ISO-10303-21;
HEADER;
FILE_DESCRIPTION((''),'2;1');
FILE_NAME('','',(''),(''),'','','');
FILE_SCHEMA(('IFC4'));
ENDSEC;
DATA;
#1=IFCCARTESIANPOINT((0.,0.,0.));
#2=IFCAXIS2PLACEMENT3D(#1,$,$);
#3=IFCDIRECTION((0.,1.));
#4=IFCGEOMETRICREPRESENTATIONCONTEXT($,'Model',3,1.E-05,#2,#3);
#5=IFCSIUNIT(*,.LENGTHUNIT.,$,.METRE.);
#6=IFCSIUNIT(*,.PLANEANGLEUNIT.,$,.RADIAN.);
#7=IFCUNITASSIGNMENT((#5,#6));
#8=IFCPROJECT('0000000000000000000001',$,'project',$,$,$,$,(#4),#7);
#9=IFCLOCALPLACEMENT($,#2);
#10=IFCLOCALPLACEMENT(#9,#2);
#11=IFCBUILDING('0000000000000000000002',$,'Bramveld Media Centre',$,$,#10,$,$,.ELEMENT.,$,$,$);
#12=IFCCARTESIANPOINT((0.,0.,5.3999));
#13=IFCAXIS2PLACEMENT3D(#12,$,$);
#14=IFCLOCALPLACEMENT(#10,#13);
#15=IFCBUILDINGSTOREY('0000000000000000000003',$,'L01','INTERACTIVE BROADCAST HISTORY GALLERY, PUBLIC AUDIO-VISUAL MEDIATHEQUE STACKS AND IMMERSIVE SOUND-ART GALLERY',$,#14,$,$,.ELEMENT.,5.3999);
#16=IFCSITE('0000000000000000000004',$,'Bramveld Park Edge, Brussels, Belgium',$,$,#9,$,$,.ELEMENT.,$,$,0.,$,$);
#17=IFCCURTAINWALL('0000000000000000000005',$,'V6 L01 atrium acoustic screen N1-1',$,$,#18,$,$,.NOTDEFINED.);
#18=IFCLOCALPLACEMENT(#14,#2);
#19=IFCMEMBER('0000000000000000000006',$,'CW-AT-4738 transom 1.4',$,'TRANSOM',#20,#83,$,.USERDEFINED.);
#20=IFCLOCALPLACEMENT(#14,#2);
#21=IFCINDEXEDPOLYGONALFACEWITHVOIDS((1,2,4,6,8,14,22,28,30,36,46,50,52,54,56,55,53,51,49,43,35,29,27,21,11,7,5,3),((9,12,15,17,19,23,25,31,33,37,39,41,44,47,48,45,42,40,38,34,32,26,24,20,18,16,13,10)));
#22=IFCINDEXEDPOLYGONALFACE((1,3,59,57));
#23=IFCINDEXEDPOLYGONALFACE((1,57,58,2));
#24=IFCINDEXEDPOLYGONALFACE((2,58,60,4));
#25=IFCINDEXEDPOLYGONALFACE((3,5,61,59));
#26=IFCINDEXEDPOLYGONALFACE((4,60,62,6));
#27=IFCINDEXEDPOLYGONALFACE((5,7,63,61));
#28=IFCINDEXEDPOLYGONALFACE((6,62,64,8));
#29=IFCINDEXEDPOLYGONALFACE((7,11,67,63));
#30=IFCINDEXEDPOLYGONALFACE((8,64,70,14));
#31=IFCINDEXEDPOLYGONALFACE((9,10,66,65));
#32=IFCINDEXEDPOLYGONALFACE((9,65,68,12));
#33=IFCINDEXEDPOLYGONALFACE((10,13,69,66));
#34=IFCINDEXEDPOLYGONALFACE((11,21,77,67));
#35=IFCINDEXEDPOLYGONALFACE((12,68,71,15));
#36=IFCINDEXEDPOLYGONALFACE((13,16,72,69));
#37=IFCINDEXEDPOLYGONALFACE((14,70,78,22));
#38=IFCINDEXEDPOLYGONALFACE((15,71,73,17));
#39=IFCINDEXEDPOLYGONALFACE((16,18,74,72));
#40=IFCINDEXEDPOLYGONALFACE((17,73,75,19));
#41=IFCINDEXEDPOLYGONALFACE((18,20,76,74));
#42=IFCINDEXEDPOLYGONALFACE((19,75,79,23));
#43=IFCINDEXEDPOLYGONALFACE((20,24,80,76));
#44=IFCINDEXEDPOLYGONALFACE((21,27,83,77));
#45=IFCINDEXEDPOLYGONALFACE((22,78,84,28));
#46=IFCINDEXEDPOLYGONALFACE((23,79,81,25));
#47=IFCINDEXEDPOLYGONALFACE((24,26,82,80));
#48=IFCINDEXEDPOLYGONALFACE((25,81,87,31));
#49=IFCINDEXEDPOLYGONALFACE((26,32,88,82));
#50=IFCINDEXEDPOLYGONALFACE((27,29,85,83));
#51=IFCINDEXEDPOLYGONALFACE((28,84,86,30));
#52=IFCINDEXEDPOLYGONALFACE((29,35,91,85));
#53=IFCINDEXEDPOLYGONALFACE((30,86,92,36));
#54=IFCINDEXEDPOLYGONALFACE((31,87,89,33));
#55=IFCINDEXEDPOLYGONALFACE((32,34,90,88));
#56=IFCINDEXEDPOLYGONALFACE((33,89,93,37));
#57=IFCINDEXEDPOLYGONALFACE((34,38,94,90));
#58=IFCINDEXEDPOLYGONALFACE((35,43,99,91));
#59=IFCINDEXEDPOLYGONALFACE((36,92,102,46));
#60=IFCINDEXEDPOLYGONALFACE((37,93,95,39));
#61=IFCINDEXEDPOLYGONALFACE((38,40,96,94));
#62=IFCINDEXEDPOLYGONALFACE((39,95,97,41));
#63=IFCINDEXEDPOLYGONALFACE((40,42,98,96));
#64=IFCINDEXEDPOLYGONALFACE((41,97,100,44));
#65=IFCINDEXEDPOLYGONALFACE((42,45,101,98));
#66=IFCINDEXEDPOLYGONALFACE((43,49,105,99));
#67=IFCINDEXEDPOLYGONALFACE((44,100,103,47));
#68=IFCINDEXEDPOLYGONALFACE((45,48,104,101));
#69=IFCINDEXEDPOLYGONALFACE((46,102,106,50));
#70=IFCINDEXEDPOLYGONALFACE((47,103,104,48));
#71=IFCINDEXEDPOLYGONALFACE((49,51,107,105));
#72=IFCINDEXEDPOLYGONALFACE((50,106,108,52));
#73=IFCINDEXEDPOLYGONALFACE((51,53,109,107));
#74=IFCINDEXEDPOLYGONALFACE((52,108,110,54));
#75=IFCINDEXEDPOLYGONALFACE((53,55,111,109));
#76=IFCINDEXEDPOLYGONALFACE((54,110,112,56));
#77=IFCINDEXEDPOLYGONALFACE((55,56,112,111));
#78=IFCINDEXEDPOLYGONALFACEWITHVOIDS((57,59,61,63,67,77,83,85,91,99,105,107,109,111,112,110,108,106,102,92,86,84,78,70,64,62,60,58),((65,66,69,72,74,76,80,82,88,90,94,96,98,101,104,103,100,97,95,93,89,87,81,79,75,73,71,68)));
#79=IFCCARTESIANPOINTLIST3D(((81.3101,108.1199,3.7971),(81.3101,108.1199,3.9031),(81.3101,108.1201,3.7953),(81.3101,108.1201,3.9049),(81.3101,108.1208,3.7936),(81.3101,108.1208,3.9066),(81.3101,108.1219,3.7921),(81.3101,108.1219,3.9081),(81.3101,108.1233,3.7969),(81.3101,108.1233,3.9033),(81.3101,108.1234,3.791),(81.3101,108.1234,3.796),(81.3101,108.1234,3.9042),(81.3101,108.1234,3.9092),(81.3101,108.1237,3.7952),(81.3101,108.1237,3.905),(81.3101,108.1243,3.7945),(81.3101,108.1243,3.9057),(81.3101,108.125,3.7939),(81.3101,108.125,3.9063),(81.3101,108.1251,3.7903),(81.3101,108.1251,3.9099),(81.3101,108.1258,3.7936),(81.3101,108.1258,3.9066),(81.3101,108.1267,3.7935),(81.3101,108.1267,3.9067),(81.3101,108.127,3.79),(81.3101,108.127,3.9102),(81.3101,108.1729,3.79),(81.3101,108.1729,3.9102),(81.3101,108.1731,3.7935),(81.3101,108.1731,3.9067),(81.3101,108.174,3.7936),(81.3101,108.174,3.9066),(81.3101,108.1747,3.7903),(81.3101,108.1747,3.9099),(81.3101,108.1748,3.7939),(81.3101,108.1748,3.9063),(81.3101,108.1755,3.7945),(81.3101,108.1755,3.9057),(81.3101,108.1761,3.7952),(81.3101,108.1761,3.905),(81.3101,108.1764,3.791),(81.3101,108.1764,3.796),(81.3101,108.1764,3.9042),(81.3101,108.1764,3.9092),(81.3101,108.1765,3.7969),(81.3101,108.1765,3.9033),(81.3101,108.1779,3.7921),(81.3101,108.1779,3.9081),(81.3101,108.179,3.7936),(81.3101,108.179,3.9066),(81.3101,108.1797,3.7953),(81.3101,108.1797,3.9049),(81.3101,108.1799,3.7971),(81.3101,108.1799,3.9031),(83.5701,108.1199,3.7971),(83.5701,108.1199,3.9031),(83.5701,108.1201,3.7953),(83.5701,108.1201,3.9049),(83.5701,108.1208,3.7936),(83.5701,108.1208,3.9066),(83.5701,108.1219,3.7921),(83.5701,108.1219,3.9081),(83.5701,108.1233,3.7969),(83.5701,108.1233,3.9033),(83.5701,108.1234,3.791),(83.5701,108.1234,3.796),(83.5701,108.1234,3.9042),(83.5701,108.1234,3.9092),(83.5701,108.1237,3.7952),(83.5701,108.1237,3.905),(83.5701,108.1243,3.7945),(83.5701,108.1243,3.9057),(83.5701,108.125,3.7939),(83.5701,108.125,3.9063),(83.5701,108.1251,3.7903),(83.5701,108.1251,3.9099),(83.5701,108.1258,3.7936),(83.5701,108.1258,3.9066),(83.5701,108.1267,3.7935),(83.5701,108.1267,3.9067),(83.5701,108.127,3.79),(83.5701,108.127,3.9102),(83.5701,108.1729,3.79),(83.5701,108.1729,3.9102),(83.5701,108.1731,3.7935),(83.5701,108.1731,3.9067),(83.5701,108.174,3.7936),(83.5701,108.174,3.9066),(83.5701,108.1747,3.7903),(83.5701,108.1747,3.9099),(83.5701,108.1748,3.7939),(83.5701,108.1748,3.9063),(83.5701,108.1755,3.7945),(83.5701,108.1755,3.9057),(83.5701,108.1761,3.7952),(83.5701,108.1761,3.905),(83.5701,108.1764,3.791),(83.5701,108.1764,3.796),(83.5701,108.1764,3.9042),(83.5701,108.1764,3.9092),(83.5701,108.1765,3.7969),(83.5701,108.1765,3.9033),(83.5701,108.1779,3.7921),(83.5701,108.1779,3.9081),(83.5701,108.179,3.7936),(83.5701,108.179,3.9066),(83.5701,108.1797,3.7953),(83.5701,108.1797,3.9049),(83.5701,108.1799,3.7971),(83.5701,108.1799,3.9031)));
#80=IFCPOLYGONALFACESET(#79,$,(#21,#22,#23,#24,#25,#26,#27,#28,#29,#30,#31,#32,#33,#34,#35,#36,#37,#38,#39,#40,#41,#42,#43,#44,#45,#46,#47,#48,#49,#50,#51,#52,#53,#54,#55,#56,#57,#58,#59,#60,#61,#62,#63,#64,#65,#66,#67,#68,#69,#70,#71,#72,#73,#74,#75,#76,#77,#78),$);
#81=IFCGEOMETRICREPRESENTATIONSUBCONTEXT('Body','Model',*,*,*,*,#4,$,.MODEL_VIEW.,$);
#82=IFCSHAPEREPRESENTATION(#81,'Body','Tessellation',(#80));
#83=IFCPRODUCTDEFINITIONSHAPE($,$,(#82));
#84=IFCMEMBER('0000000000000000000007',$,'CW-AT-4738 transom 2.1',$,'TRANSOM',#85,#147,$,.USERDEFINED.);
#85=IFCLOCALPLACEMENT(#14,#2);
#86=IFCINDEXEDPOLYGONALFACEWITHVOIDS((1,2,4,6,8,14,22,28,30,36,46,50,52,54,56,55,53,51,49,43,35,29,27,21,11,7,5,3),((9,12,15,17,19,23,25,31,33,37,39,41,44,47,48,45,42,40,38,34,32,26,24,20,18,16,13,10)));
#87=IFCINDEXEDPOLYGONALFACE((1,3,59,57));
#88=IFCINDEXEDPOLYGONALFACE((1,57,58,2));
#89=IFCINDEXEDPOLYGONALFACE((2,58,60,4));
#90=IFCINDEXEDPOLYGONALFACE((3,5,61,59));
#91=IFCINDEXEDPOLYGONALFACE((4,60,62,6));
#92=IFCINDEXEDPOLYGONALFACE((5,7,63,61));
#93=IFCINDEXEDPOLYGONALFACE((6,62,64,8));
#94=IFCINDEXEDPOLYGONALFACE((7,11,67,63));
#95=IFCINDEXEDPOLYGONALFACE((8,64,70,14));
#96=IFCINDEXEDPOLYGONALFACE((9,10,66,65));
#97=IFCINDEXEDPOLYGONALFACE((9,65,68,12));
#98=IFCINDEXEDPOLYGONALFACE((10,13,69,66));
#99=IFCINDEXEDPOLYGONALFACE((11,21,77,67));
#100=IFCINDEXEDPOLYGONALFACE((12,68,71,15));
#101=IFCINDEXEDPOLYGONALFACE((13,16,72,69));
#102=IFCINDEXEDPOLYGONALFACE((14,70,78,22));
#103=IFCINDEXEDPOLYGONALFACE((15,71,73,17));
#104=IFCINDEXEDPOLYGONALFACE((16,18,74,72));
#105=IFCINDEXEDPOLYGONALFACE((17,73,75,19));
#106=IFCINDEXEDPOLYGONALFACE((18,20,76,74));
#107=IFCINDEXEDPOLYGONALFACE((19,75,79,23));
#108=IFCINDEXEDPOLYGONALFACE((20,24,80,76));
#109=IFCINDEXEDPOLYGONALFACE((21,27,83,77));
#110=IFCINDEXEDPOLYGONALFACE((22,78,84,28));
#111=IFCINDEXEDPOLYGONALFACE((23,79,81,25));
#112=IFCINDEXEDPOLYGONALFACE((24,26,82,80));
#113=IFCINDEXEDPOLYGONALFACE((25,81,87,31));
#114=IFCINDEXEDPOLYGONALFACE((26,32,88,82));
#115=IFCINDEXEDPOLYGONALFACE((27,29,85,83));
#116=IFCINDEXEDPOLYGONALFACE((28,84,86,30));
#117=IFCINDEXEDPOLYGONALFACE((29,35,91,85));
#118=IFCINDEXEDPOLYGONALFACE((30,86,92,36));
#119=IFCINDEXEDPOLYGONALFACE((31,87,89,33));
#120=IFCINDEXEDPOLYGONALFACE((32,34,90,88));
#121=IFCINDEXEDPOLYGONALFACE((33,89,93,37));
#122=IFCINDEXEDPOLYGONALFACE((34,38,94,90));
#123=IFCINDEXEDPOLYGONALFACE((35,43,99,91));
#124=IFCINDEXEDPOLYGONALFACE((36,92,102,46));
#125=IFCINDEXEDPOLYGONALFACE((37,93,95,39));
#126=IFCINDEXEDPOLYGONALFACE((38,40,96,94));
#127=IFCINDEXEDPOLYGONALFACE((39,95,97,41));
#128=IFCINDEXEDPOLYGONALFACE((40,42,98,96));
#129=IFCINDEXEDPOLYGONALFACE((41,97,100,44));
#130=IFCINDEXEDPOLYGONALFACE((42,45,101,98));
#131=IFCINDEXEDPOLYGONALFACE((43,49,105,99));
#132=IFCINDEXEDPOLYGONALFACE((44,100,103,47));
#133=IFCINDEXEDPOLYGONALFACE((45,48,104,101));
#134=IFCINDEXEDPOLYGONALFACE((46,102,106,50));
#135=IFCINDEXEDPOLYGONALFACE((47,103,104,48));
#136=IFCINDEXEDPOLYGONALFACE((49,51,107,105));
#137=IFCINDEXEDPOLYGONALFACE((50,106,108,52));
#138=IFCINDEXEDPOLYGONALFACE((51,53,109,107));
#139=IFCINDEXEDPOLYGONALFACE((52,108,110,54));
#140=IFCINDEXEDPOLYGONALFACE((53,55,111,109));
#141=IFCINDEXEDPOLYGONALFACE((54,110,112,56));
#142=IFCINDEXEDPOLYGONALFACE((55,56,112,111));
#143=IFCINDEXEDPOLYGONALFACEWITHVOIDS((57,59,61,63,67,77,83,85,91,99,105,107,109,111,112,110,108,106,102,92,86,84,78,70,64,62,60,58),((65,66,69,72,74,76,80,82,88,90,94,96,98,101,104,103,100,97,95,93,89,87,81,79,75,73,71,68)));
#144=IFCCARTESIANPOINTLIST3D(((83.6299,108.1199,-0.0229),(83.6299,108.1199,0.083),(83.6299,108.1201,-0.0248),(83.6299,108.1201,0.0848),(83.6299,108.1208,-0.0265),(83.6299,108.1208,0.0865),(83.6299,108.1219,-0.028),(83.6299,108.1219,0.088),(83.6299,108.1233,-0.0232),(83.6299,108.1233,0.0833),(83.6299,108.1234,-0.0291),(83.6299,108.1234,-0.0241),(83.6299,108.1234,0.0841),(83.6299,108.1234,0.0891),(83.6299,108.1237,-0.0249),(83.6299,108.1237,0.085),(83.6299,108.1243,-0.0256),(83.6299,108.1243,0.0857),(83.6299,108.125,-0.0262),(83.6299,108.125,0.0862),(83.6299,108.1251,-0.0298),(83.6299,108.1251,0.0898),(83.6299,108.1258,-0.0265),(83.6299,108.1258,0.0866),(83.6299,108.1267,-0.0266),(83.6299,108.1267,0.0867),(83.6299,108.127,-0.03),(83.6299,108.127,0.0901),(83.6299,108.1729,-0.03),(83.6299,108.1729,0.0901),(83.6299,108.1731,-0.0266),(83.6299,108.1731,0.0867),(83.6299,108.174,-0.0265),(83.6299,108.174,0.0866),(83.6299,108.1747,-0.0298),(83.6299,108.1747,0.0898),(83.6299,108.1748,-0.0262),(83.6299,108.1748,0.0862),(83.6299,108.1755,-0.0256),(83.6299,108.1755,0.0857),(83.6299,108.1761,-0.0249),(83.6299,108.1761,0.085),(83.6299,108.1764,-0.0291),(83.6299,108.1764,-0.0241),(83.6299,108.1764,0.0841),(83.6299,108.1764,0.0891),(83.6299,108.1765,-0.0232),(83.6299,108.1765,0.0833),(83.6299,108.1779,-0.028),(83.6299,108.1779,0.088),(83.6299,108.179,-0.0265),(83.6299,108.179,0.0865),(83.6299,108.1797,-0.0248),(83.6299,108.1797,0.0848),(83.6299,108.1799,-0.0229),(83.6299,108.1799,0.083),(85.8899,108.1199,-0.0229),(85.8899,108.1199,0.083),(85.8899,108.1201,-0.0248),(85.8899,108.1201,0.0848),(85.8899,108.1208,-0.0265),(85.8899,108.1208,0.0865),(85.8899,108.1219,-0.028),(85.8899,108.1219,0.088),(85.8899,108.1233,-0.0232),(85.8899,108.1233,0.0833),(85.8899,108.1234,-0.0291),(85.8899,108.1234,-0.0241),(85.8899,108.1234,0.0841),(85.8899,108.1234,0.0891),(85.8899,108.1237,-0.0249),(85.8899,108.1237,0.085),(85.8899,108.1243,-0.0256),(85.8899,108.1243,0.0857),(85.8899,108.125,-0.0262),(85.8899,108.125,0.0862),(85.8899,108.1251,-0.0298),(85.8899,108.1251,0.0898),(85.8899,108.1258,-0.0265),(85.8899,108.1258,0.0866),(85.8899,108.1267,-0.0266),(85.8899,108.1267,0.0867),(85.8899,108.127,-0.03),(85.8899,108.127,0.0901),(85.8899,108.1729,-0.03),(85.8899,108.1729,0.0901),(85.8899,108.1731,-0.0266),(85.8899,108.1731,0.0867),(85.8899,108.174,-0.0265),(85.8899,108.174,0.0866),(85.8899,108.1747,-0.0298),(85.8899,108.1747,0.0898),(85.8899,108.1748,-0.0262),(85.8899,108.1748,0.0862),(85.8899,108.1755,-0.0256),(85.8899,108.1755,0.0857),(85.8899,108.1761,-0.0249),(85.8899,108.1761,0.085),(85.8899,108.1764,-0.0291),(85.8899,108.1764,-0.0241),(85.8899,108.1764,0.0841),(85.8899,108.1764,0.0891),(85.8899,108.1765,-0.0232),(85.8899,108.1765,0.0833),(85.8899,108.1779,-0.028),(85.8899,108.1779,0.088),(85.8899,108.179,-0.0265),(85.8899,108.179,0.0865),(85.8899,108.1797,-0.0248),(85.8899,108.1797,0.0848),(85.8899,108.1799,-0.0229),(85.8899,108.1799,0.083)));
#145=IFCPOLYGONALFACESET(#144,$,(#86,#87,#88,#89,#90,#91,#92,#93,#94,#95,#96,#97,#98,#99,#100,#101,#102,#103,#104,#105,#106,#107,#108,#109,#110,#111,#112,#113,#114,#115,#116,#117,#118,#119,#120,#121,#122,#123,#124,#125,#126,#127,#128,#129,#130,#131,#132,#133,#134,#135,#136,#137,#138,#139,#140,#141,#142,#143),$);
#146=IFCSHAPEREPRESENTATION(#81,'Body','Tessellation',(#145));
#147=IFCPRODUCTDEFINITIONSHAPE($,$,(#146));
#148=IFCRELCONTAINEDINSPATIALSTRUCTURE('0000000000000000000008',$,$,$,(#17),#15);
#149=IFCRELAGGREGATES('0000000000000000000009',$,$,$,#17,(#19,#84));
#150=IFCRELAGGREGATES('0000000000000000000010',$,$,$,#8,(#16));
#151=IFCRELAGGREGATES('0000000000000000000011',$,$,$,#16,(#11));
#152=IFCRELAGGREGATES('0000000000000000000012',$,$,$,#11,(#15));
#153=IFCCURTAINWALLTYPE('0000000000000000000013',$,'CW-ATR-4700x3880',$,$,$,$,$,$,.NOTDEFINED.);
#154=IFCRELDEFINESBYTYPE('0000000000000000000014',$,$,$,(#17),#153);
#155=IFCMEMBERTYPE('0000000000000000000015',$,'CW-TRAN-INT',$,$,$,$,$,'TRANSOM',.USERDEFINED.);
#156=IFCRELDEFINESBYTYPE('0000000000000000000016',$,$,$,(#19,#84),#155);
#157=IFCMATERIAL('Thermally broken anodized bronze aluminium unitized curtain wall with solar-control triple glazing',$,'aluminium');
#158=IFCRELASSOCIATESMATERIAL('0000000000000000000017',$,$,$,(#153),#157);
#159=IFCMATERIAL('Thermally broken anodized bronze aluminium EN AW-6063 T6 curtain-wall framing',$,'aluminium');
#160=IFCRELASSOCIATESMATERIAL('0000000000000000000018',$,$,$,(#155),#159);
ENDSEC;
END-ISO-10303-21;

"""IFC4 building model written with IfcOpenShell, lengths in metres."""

from ifc_helpers import new_model, si_unit, direction, frame, origin, origin_2d, place, context, subcontext, project, spatial, hollow_rectangle, extrude, material, material_profile, profile_set, type_object, element, aggregate, save


model = new_model("IFC4")

# Units and contexts
model_context = context("Model", 3, precision=1e-05, world=origin(), true_north=direction((0.0, 1.0)))
body_context = subcontext(model_context, "Body", "Model", "MODEL_VIEW")
ifc_project = project(units=[si_unit("LENGTHUNIT", "METRE"), si_unit("PLANEANGLEUNIT", "RADIAN")], contexts=[model_context])

# Site, building, storey
site_placement = place(None, origin())
site = spatial("IfcSite", under=ifc_project, at=site_placement, Name="Bramveld Park Edge, Brussels, Belgium", CompositionType="ELEMENT", RefElevation=0.0)
building_placement = place(site_placement, origin())
building = spatial("IfcBuilding", under=site, at=building_placement, Name="Bramveld Media Centre", CompositionType="ELEMENT")
storey_placement = place(building_placement, frame((0.0, 0.0, 5.3999)))
storey = spatial("IfcBuildingStorey", under=building, at=storey_placement, Name="L01", Description="INTERACTIVE BROADCAST HISTORY GALLERY, PUBLIC AUDIO-VISUAL MEDIATHEQUE STACKS AND IMMERSIVE SOUND-ART GALLERY", CompositionType="ELEMENT", Elevation=5.3999)

# Curtain wall, members
ifc_material_1 = material(Name="Thermally broken anodized bronze aluminium unitized curtain wall with solar-control triple glazing", Category="aluminium")
curtain_wall_type = type_object("IfcCurtainWallType", Name="CW-ATR-4700x3880", PredefinedType="NOTDEFINED", material=ifc_material_1)
curtain_wall_placement = place(storey_placement, origin())
curtain_wall = element("IfcCurtainWall", 1, at=curtain_wall_placement, inside=storey, type_object=curtain_wall_type, Name="V6 L01 atrium acoustic screen N1-1", PredefinedType="NOTDEFINED")
ifc_material_2 = material(Name="Thermally broken anodized bronze aluminium EN AW-6063 T6 curtain-wall framing", Category="aluminium")
ifc_material_profile_1 = material_profile(ifc_material_2, hollow_rectangle(XDim=0.0601, YDim=0.1201, WallThickness=0.0034, InnerFilletRadius=0.0034, OuterFilletRadius=0.0071, at=origin_2d()), Name="AL-TRAN 60x120")
ifc_profile_set_1 = profile_set([ifc_material_profile_1], Name="Thermally broken anodized bronze aluminium EN AW-6063 T6 curtain-wall framing")
member_type_1 = type_object("IfcMemberType", Name="CW-TRAN-INT", ElementType="TRANSOM", PredefinedType="USERDEFINED", material=ifc_profile_set_1)
member_1_placement = place(storey_placement, frame((81.3101, 108.1499, 3.8501), z_axis=(1.0, 0.0, 0.0), x_axis=(0.0, 1.0, 0.0)))
member_1 = element("IfcMember", 2, at=member_1_placement, type_object=member_type_1, Name="CW-AT-4738 transom 1.4", ObjectType="TRANSOM", PredefinedType="USERDEFINED", context=body_context, shape_type="SweptSolid", body=[
    extrude(hollow_rectangle(XDim=0.0601, YDim=0.1201, WallThickness=0.0034, InnerFilletRadius=0.0034, OuterFilletRadius=0.0071, at=origin_2d()), origin(), (0.0, 0.0, 1.0), 2.26),
])
member_2_placement = place(storey_placement, frame((83.6299, 108.1499, 0.03), z_axis=(1.0, 0.0, 0.0), x_axis=(0.0, 1.0, 0.0)))
member_2 = element("IfcMember", 3, at=member_2_placement, type_object=member_type_1, Name="CW-AT-4738 transom 2.1", ObjectType="TRANSOM", PredefinedType="USERDEFINED", context=body_context, shape_type="SweptSolid", body=[
    extrude(hollow_rectangle(XDim=0.0601, YDim=0.1201, WallThickness=0.0034, InnerFilletRadius=0.0034, OuterFilletRadius=0.0071, at=origin_2d()), origin(), (0.0, 0.0, 1.0), 2.26),
])

aggregate(curtain_wall, [member_1, member_2])

save(model, "model.ifc")
